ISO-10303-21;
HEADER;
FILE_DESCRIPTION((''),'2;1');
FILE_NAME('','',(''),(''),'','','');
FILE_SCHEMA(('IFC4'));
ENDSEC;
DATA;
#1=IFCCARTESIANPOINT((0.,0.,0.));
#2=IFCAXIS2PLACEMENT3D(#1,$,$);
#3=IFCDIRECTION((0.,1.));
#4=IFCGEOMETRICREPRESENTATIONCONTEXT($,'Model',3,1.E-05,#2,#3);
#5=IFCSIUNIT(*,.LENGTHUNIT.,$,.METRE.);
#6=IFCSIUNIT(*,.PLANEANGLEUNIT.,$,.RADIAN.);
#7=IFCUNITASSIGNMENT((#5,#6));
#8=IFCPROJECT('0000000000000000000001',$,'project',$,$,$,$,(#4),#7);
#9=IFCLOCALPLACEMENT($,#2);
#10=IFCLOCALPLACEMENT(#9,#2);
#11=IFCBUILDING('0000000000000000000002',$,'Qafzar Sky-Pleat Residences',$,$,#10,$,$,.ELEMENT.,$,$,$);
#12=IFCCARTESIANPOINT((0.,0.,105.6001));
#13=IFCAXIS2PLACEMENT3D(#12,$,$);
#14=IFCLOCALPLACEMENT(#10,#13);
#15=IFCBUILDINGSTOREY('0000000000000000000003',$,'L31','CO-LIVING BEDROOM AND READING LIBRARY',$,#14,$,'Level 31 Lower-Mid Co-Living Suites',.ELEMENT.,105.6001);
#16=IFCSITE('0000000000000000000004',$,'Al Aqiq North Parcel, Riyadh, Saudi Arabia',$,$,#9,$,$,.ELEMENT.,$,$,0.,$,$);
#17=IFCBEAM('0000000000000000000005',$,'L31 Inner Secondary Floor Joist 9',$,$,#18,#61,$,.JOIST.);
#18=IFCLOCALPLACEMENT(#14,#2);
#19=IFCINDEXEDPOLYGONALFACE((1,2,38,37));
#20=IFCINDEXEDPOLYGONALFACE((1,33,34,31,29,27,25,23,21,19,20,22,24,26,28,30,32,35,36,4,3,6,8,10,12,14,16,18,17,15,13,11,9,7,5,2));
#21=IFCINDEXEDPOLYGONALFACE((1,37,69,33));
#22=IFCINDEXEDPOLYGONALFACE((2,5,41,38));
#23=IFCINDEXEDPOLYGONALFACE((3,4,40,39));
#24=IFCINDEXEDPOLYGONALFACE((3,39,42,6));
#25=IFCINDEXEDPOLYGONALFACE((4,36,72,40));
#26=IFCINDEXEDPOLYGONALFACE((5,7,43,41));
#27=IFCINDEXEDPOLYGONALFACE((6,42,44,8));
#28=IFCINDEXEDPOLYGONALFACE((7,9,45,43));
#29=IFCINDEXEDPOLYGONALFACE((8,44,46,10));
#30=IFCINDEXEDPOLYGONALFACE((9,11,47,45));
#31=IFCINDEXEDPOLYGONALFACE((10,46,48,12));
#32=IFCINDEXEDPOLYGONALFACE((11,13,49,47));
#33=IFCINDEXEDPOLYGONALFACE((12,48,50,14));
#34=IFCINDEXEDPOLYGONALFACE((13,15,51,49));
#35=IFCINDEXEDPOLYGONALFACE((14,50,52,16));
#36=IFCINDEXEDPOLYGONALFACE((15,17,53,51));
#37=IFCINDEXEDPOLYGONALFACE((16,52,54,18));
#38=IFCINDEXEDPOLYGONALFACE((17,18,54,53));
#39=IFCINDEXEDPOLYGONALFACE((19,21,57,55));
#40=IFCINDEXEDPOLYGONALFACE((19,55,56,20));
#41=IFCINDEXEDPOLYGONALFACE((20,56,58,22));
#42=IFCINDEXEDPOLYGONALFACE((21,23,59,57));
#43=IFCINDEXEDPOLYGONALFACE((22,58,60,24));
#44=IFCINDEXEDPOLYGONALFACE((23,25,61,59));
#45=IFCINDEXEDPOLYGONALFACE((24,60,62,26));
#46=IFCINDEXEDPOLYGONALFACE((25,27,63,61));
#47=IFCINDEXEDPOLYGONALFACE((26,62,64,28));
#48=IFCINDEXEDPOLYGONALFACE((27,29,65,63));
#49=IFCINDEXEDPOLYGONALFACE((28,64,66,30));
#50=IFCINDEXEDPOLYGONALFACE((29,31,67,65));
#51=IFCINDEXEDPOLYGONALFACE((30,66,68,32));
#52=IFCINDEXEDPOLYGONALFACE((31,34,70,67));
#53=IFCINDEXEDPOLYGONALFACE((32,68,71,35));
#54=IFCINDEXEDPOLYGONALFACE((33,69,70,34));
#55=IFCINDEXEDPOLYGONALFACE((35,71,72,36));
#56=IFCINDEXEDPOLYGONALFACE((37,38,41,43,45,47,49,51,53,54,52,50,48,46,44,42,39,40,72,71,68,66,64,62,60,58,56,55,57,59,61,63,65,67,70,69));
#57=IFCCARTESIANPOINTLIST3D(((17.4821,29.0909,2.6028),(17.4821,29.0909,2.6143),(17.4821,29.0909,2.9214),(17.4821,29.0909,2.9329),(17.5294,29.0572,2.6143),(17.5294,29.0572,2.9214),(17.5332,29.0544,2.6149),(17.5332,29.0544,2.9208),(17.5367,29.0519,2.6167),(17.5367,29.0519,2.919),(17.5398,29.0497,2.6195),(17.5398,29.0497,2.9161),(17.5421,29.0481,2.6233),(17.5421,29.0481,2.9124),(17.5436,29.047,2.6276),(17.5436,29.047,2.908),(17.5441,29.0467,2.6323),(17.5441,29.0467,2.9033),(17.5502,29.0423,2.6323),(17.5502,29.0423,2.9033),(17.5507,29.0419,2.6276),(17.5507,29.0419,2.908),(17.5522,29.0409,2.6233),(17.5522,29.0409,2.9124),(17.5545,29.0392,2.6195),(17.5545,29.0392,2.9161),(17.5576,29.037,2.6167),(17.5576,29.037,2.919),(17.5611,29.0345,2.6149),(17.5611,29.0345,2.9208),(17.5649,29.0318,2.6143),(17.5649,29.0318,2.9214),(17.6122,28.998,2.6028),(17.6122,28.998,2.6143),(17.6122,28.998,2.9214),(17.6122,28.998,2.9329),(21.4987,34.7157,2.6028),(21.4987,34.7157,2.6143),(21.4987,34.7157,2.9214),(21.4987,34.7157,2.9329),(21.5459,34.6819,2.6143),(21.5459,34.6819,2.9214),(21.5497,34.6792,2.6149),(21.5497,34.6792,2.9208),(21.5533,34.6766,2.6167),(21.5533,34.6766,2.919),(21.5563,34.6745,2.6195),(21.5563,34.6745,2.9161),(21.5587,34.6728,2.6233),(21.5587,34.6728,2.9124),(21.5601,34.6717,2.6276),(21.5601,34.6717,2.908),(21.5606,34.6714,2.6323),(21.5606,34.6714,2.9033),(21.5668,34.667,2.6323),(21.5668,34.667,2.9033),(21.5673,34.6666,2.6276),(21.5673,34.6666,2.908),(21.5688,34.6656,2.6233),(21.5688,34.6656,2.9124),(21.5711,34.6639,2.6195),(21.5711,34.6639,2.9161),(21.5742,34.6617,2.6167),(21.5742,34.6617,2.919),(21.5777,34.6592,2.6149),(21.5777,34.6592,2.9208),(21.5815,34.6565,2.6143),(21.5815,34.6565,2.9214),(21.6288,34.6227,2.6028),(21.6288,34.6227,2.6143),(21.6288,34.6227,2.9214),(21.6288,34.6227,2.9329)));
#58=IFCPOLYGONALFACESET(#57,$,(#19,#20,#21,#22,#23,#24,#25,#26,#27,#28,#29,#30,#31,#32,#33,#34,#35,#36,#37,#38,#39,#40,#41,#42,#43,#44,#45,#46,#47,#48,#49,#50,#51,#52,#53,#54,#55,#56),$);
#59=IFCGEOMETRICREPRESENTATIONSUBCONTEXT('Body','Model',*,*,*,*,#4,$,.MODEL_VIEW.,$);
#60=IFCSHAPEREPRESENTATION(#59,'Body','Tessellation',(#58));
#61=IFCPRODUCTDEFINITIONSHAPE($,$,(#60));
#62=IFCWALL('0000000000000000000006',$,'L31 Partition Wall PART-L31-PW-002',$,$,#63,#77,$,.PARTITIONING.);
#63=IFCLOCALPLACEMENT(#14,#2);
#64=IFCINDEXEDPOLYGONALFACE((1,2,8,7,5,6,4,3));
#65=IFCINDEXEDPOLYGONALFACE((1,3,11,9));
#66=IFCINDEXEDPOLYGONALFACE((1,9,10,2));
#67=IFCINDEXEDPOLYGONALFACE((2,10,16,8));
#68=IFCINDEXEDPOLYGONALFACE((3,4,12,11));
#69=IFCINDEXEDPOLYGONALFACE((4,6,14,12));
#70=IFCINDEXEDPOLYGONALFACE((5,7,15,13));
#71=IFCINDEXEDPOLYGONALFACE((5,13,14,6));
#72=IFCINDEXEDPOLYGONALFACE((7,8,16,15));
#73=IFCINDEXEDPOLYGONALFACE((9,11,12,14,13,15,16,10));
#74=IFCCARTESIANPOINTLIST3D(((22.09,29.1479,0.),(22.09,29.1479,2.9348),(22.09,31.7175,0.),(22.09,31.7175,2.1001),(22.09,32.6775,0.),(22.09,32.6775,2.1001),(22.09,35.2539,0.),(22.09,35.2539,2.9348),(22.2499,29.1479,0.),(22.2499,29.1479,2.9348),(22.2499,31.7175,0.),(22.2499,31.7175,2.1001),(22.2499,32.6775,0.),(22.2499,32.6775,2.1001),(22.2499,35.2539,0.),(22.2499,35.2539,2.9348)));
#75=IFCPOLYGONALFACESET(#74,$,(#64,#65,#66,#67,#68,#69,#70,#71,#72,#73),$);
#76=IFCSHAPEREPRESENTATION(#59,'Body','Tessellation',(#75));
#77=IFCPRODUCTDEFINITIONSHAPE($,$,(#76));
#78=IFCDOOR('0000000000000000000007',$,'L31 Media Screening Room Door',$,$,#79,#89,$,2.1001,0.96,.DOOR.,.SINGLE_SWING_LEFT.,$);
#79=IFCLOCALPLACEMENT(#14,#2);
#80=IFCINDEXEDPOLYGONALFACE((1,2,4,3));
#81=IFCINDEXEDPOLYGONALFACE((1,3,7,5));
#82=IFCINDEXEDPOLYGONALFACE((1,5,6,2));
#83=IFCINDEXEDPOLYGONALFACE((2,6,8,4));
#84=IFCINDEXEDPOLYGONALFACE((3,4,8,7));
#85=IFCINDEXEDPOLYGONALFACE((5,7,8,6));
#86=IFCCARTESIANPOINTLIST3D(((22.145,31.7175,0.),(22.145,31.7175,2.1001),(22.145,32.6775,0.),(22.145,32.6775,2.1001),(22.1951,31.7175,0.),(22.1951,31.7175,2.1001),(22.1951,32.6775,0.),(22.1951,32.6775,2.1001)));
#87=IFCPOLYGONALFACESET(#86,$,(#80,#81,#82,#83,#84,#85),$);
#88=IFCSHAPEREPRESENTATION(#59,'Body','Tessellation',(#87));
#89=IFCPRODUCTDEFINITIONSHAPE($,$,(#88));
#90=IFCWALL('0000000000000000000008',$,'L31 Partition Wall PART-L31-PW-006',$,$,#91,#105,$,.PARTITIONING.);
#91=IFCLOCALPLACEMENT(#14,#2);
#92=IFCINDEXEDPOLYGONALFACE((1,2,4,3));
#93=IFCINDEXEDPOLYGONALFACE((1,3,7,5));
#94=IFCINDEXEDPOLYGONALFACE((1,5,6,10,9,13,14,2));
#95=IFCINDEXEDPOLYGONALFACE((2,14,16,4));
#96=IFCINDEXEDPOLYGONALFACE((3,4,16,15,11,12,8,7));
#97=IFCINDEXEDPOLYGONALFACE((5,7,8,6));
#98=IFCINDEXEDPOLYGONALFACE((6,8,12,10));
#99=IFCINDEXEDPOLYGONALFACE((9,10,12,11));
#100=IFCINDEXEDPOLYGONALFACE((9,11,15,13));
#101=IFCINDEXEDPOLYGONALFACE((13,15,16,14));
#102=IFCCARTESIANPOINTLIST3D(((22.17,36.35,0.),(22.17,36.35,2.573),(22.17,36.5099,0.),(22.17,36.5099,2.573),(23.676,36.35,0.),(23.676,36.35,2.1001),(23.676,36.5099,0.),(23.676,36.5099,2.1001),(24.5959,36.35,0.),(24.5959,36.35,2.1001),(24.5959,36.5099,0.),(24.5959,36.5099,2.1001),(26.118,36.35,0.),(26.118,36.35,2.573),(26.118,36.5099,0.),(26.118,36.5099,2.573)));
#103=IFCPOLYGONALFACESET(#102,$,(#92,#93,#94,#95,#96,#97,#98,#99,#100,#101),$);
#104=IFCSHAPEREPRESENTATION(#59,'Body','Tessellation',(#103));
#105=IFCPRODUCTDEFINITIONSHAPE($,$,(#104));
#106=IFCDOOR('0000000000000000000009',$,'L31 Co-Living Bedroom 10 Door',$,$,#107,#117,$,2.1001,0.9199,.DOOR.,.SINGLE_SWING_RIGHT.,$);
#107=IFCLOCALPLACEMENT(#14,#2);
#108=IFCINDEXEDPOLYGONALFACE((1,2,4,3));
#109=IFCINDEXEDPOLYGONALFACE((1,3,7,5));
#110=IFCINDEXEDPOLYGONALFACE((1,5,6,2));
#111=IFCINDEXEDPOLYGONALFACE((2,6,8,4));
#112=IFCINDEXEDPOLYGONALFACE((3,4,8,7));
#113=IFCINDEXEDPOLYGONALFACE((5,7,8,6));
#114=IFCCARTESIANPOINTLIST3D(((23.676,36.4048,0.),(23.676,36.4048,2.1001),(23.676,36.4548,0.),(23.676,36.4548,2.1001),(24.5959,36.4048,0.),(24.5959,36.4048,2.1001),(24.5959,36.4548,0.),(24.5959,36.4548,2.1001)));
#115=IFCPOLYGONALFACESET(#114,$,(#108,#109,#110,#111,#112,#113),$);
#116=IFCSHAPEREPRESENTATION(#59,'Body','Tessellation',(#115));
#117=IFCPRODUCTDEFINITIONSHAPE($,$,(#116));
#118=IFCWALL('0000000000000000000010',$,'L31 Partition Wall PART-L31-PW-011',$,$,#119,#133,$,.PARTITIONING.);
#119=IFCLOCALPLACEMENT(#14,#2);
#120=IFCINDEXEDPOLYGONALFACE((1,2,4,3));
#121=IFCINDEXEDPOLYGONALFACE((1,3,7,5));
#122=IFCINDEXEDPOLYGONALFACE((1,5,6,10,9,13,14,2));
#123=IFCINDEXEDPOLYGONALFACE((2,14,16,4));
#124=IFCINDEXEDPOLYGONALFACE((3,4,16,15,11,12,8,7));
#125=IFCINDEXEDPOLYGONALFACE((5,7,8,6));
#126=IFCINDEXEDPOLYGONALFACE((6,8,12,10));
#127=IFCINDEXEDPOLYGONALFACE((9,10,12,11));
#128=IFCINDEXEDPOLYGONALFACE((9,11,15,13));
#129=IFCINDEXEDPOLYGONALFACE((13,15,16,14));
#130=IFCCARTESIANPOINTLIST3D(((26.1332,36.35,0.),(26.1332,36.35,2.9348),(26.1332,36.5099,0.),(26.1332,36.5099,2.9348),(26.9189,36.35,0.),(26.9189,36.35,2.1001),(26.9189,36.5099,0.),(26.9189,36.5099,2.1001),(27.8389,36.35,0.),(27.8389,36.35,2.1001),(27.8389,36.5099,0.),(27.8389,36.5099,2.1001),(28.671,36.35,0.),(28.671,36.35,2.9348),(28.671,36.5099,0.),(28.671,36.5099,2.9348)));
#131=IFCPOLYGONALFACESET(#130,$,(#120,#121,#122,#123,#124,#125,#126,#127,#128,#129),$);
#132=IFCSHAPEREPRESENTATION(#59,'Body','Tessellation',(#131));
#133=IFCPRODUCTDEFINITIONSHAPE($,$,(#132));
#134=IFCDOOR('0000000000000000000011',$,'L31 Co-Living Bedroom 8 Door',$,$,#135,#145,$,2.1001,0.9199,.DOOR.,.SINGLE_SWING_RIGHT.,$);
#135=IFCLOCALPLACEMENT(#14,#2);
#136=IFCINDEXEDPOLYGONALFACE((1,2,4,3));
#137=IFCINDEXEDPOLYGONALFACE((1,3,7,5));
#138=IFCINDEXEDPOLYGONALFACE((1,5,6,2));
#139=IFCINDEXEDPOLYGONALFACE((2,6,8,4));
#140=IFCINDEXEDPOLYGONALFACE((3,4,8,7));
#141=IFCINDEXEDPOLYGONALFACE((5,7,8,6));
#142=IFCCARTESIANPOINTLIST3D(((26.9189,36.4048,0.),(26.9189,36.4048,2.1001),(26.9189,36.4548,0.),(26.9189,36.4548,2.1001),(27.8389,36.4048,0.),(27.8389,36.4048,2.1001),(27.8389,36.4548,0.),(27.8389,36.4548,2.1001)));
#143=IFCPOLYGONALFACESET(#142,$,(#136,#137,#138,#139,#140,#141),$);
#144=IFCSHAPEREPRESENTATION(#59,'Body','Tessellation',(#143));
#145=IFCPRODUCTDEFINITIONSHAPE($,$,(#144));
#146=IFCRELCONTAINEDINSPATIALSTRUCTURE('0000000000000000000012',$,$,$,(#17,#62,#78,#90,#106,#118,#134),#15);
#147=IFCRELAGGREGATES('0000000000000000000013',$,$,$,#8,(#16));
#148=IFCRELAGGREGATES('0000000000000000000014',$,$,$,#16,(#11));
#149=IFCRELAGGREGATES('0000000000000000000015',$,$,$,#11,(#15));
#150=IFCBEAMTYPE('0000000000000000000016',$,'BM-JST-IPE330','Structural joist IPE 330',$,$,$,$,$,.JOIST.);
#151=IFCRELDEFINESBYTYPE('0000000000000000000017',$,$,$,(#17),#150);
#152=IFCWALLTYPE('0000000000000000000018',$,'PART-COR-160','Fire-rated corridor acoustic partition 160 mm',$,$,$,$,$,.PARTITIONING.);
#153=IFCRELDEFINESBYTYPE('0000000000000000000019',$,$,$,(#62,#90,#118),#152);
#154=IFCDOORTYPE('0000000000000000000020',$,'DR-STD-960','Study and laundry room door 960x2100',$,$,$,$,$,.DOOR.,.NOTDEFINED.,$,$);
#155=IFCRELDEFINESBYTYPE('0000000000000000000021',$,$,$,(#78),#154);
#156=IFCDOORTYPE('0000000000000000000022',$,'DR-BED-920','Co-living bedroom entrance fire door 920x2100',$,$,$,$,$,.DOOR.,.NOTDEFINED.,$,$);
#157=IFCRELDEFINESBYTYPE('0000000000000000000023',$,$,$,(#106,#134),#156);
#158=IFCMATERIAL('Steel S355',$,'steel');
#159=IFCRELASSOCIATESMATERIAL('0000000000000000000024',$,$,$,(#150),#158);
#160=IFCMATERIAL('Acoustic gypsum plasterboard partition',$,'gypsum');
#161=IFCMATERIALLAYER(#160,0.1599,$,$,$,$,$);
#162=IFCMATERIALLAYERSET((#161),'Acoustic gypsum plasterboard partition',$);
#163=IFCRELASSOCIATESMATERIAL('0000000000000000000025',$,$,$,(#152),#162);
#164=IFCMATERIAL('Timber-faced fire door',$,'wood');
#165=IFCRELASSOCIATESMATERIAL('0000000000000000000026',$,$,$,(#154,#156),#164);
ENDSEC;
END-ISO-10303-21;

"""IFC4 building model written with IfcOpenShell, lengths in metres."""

from ifc_helpers import new_model, si_unit, direction, frame, frame_2d, origin, origin_2d, place, context, subcontext, project, spatial, rectangle, i_section, extrude, source, transform, mapped, material, layer, layer_set, material_profile, profile_set, type_object, element, fill, save


model = new_model("IFC4")

# Units and contexts
model_context = context("Model", 3, precision=1e-05, world=origin(), true_north=direction((0.0, 1.0)))
body_context = subcontext(model_context, "Body", "Model", "MODEL_VIEW")
ifc_project = project(units=[si_unit("LENGTHUNIT", "METRE"), si_unit("PLANEANGLEUNIT", "RADIAN")], contexts=[model_context])

# Site, building, storey
site_placement = place(None, origin())
site = spatial("IfcSite", under=ifc_project, at=site_placement, Name="Al Aqiq North Parcel, Riyadh, Saudi Arabia", CompositionType="ELEMENT", RefElevation=0.0)
building_placement = place(site_placement, origin())
building = spatial("IfcBuilding", under=site, at=building_placement, Name="Qafzar Sky-Pleat Residences", CompositionType="ELEMENT")
storey_placement = place(building_placement, frame((0.0, 0.0, 105.6001)))
storey = spatial("IfcBuildingStorey", under=building, at=storey_placement, Name="L31", Description="CO-LIVING BEDROOM AND READING LIBRARY", LongName="Level 31 Lower-Mid Co-Living Suites", CompositionType="ELEMENT", Elevation=105.6001)

# Beam
ifc_material_1 = material(Name="Steel S355", Category="steel")
ifc_material_profile = material_profile(ifc_material_1, i_section(OverallWidth=0.1599, OverallDepth=0.3301, WebThickness=0.0076, FlangeThickness=0.0115, FilletRadius=0.0181, at=origin_2d()), Name="IPE 330")
ifc_profile_set = profile_set([ifc_material_profile], Name="Steel S355")
beam_type = type_object("IfcBeamType", Name="BM-JST-IPE330", Description="Structural joist IPE 330", PredefinedType="JOIST", material=ifc_profile_set)
shared_shape_1 = source(origin(), body_context, "Body", "SweptSolid", [
    extrude(i_section(OverallWidth=0.1599, OverallDepth=0.3301, WebThickness=0.0076, FlangeThickness=0.0115, FilletRadius=0.0181, at=origin_2d()), origin(), (0.0, 0.0, 1.0), 6.9116),
])
beam_placement = place(storey_placement, frame((21.5637, 34.6692, 2.7678), z_axis=(-0.581135, -0.813807, 0.0), x_axis=(0.813807, -0.581135, 0.0)))
element("IfcBeam", 1, at=beam_placement, inside=storey, type_object=beam_type, Name="L31 Inner Secondary Floor Joist 9", PredefinedType="JOIST", context=body_context, shape_type="MappedRepresentation", body=[
    mapped(shared_shape_1, transform((0.0, 0.0, 0.0), x_axis=(1.0, 0.0, 0.0), y_axis=(0.0, 1.0, 0.0), z_axis=(0.0, 0.0, 1.0), scale=1.0)),
])

# Walls, openings, doors
ifc_material_2 = material(Name="Acoustic gypsum plasterboard partition", Category="gypsum")
ifc_layer_1 = layer(ifc_material_2, 0.1599)
ifc_layer_set_1 = layer_set([ifc_layer_1], Name="Acoustic gypsum plasterboard partition")
wall_type_1 = type_object("IfcWallType", Name="PART-COR-160", Description="Fire-rated corridor acoustic partition 160 mm", PredefinedType="PARTITIONING", material=ifc_layer_set_1)
wall_1_placement = place(storey_placement, frame((22.1699, 29.1479, 0.0), z_axis=(0.0, 0.0, 1.0), x_axis=(0.0, 1.0, 0.0)))
wall_1 = element("IfcWall", 2, at=wall_1_placement, inside=storey, type_object=wall_type_1, Name="L31 Partition Wall PART-L31-PW-002", PredefinedType="PARTITIONING", context=body_context, shape_type="SweptSolid", body=[
    extrude(rectangle(XDim=6.106, YDim=0.1599, at=frame_2d((3.053, 0.0))), origin(), (0.0, 0.0, 1.0), 2.9348),
])
opening_1_placement = place(wall_1_placement, frame((2.5696, 0.0, 0.0)))
opening_1 = element("IfcOpeningElement", 3, at=opening_1_placement, cuts=wall_1, PredefinedType="OPENING", context=body_context, shape_type="SweptSolid", body=[
    extrude(rectangle(XDim=0.96, YDim=2.1001, at=frame_2d((0.48, 1.05))), frame((0.0, 0.0898, 0.0), z_axis=(0.0, -1.0, 0.0), x_axis=(1.0, 0.0, 0.0)), (0.0, 0.0, 1.0), 0.1799),
])
ifc_material_3 = material(Name="Timber-faced fire door", Category="wood")
door_type_1 = type_object("IfcDoorType", Name="DR-STD-960", Description="Study and laundry room door 960x2100", OperationType="NOTDEFINED", PredefinedType="DOOR", material=ifc_material_3)
shared_shape_2 = source(origin(), body_context, "Body", "SweptSolid", [
    extrude(rectangle(XDim=0.96, YDim=2.1001, at=frame_2d((0.48, 1.05))), frame((0.0, 0.0249, 0.0), z_axis=(0.0, -1.0, 0.0), x_axis=(1.0, 0.0, 0.0)), (0.0, 0.0, 1.0), 0.05),
])
door_1_placement = place(opening_1_placement, origin())
door_1 = element("IfcDoor", 4, at=door_1_placement, inside=storey, type_object=door_type_1, Name="L31 Media Screening Room Door", OperationType="SINGLE_SWING_LEFT", OverallHeight=2.1001, OverallWidth=0.96, PredefinedType="DOOR", context=body_context, shape_type="MappedRepresentation", body=[
    mapped(shared_shape_2, transform((0.0, 0.0, 0.0), x_axis=(1.0, 0.0, 0.0), y_axis=(0.0, 1.0, 0.0), z_axis=(0.0, 0.0, 1.0), scale=1.0)),
])
fill(opening_1, door_1)
wall_2_placement = place(storey_placement, frame((22.1699, 36.4299, 0.0), z_axis=(0.0, 0.0, 1.0), x_axis=(1.0, 0.0, 0.0)))
wall_2 = element("IfcWall", 5, at=wall_2_placement, inside=storey, type_object=wall_type_1, Name="L31 Partition Wall PART-L31-PW-006", PredefinedType="PARTITIONING", context=body_context, shape_type="SweptSolid", body=[
    extrude(rectangle(XDim=3.948, YDim=0.1599, at=frame_2d((1.9741, 0.0))), origin(), (0.0, 0.0, 1.0), 2.573),
])
opening_2_placement = place(wall_2_placement, frame((1.5061, 0.0, 0.0)))
opening_2 = element("IfcOpeningElement", 6, at=opening_2_placement, cuts=wall_2, PredefinedType="OPENING", context=body_context, shape_type="SweptSolid", body=[
    extrude(rectangle(XDim=0.9199, YDim=2.1001, at=frame_2d((0.46, 1.05))), frame((0.0, 0.0898, 0.0), z_axis=(0.0, -1.0, 0.0), x_axis=(1.0, 0.0, 0.0)), (0.0, 0.0, 1.0), 0.1799),
])
door_type_2 = type_object("IfcDoorType", Name="DR-BED-920", Description="Co-living bedroom entrance fire door 920x2100", OperationType="NOTDEFINED", PredefinedType="DOOR", material=ifc_material_3)
shared_shape_3 = source(origin(), body_context, "Body", "SweptSolid", [
    extrude(rectangle(XDim=0.9199, YDim=2.1001, at=frame_2d((0.46, 1.05))), frame((0.0, 0.0249, 0.0), z_axis=(0.0, -1.0, 0.0), x_axis=(1.0, 0.0, 0.0)), (0.0, 0.0, 1.0), 0.05),
])
door_2_placement = place(opening_2_placement, origin())
door_2 = element("IfcDoor", 7, at=door_2_placement, inside=storey, type_object=door_type_2, Name="L31 Co-Living Bedroom 10 Door", OperationType="SINGLE_SWING_RIGHT", OverallHeight=2.1001, OverallWidth=0.9199, PredefinedType="DOOR", context=body_context, shape_type="MappedRepresentation", body=[
    mapped(shared_shape_3, transform((0.0, 0.0, 0.0), x_axis=(1.0, 0.0, 0.0), y_axis=(0.0, 1.0, 0.0), z_axis=(0.0, 0.0, 1.0), scale=1.0)),
])
fill(opening_2, door_2)
wall_3_placement = place(storey_placement, frame((26.1331, 36.4299, 0.0), z_axis=(0.0, 0.0, 1.0), x_axis=(1.0, 0.0, 0.0)))
wall_3 = element("IfcWall", 8, at=wall_3_placement, inside=storey, type_object=wall_type_1, Name="L31 Partition Wall PART-L31-PW-011", PredefinedType="PARTITIONING", context=body_context, shape_type="SweptSolid", body=[
    extrude(rectangle(XDim=2.5378, YDim=0.1599, at=frame_2d((1.269, 0.0))), origin(), (0.0, 0.0, 1.0), 2.9348),
])
opening_3_placement = place(wall_3_placement, frame((0.7859, 0.0, 0.0)))
opening_3 = element("IfcOpeningElement", 9, at=opening_3_placement, cuts=wall_3, PredefinedType="OPENING", context=body_context, shape_type="SweptSolid", body=[
    extrude(rectangle(XDim=0.9199, YDim=2.1001, at=frame_2d((0.46, 1.05))), frame((0.0, 0.0898, 0.0), z_axis=(0.0, -1.0, 0.0), x_axis=(1.0, 0.0, 0.0)), (0.0, 0.0, 1.0), 0.1799),
])
door_3_placement = place(opening_3_placement, origin())
door_3 = element("IfcDoor", 10, at=door_3_placement, inside=storey, type_object=door_type_2, Name="L31 Co-Living Bedroom 8 Door", OperationType="SINGLE_SWING_RIGHT", OverallHeight=2.1001, OverallWidth=0.9199, PredefinedType="DOOR", context=body_context, shape_type="MappedRepresentation", body=[
    mapped(shared_shape_3, transform((0.0, 0.0, 0.0), x_axis=(1.0, 0.0, 0.0), y_axis=(0.0, 1.0, 0.0), z_axis=(0.0, 0.0, 1.0), scale=1.0)),
])
fill(opening_3, door_3)

save(model, "model.ifc")
